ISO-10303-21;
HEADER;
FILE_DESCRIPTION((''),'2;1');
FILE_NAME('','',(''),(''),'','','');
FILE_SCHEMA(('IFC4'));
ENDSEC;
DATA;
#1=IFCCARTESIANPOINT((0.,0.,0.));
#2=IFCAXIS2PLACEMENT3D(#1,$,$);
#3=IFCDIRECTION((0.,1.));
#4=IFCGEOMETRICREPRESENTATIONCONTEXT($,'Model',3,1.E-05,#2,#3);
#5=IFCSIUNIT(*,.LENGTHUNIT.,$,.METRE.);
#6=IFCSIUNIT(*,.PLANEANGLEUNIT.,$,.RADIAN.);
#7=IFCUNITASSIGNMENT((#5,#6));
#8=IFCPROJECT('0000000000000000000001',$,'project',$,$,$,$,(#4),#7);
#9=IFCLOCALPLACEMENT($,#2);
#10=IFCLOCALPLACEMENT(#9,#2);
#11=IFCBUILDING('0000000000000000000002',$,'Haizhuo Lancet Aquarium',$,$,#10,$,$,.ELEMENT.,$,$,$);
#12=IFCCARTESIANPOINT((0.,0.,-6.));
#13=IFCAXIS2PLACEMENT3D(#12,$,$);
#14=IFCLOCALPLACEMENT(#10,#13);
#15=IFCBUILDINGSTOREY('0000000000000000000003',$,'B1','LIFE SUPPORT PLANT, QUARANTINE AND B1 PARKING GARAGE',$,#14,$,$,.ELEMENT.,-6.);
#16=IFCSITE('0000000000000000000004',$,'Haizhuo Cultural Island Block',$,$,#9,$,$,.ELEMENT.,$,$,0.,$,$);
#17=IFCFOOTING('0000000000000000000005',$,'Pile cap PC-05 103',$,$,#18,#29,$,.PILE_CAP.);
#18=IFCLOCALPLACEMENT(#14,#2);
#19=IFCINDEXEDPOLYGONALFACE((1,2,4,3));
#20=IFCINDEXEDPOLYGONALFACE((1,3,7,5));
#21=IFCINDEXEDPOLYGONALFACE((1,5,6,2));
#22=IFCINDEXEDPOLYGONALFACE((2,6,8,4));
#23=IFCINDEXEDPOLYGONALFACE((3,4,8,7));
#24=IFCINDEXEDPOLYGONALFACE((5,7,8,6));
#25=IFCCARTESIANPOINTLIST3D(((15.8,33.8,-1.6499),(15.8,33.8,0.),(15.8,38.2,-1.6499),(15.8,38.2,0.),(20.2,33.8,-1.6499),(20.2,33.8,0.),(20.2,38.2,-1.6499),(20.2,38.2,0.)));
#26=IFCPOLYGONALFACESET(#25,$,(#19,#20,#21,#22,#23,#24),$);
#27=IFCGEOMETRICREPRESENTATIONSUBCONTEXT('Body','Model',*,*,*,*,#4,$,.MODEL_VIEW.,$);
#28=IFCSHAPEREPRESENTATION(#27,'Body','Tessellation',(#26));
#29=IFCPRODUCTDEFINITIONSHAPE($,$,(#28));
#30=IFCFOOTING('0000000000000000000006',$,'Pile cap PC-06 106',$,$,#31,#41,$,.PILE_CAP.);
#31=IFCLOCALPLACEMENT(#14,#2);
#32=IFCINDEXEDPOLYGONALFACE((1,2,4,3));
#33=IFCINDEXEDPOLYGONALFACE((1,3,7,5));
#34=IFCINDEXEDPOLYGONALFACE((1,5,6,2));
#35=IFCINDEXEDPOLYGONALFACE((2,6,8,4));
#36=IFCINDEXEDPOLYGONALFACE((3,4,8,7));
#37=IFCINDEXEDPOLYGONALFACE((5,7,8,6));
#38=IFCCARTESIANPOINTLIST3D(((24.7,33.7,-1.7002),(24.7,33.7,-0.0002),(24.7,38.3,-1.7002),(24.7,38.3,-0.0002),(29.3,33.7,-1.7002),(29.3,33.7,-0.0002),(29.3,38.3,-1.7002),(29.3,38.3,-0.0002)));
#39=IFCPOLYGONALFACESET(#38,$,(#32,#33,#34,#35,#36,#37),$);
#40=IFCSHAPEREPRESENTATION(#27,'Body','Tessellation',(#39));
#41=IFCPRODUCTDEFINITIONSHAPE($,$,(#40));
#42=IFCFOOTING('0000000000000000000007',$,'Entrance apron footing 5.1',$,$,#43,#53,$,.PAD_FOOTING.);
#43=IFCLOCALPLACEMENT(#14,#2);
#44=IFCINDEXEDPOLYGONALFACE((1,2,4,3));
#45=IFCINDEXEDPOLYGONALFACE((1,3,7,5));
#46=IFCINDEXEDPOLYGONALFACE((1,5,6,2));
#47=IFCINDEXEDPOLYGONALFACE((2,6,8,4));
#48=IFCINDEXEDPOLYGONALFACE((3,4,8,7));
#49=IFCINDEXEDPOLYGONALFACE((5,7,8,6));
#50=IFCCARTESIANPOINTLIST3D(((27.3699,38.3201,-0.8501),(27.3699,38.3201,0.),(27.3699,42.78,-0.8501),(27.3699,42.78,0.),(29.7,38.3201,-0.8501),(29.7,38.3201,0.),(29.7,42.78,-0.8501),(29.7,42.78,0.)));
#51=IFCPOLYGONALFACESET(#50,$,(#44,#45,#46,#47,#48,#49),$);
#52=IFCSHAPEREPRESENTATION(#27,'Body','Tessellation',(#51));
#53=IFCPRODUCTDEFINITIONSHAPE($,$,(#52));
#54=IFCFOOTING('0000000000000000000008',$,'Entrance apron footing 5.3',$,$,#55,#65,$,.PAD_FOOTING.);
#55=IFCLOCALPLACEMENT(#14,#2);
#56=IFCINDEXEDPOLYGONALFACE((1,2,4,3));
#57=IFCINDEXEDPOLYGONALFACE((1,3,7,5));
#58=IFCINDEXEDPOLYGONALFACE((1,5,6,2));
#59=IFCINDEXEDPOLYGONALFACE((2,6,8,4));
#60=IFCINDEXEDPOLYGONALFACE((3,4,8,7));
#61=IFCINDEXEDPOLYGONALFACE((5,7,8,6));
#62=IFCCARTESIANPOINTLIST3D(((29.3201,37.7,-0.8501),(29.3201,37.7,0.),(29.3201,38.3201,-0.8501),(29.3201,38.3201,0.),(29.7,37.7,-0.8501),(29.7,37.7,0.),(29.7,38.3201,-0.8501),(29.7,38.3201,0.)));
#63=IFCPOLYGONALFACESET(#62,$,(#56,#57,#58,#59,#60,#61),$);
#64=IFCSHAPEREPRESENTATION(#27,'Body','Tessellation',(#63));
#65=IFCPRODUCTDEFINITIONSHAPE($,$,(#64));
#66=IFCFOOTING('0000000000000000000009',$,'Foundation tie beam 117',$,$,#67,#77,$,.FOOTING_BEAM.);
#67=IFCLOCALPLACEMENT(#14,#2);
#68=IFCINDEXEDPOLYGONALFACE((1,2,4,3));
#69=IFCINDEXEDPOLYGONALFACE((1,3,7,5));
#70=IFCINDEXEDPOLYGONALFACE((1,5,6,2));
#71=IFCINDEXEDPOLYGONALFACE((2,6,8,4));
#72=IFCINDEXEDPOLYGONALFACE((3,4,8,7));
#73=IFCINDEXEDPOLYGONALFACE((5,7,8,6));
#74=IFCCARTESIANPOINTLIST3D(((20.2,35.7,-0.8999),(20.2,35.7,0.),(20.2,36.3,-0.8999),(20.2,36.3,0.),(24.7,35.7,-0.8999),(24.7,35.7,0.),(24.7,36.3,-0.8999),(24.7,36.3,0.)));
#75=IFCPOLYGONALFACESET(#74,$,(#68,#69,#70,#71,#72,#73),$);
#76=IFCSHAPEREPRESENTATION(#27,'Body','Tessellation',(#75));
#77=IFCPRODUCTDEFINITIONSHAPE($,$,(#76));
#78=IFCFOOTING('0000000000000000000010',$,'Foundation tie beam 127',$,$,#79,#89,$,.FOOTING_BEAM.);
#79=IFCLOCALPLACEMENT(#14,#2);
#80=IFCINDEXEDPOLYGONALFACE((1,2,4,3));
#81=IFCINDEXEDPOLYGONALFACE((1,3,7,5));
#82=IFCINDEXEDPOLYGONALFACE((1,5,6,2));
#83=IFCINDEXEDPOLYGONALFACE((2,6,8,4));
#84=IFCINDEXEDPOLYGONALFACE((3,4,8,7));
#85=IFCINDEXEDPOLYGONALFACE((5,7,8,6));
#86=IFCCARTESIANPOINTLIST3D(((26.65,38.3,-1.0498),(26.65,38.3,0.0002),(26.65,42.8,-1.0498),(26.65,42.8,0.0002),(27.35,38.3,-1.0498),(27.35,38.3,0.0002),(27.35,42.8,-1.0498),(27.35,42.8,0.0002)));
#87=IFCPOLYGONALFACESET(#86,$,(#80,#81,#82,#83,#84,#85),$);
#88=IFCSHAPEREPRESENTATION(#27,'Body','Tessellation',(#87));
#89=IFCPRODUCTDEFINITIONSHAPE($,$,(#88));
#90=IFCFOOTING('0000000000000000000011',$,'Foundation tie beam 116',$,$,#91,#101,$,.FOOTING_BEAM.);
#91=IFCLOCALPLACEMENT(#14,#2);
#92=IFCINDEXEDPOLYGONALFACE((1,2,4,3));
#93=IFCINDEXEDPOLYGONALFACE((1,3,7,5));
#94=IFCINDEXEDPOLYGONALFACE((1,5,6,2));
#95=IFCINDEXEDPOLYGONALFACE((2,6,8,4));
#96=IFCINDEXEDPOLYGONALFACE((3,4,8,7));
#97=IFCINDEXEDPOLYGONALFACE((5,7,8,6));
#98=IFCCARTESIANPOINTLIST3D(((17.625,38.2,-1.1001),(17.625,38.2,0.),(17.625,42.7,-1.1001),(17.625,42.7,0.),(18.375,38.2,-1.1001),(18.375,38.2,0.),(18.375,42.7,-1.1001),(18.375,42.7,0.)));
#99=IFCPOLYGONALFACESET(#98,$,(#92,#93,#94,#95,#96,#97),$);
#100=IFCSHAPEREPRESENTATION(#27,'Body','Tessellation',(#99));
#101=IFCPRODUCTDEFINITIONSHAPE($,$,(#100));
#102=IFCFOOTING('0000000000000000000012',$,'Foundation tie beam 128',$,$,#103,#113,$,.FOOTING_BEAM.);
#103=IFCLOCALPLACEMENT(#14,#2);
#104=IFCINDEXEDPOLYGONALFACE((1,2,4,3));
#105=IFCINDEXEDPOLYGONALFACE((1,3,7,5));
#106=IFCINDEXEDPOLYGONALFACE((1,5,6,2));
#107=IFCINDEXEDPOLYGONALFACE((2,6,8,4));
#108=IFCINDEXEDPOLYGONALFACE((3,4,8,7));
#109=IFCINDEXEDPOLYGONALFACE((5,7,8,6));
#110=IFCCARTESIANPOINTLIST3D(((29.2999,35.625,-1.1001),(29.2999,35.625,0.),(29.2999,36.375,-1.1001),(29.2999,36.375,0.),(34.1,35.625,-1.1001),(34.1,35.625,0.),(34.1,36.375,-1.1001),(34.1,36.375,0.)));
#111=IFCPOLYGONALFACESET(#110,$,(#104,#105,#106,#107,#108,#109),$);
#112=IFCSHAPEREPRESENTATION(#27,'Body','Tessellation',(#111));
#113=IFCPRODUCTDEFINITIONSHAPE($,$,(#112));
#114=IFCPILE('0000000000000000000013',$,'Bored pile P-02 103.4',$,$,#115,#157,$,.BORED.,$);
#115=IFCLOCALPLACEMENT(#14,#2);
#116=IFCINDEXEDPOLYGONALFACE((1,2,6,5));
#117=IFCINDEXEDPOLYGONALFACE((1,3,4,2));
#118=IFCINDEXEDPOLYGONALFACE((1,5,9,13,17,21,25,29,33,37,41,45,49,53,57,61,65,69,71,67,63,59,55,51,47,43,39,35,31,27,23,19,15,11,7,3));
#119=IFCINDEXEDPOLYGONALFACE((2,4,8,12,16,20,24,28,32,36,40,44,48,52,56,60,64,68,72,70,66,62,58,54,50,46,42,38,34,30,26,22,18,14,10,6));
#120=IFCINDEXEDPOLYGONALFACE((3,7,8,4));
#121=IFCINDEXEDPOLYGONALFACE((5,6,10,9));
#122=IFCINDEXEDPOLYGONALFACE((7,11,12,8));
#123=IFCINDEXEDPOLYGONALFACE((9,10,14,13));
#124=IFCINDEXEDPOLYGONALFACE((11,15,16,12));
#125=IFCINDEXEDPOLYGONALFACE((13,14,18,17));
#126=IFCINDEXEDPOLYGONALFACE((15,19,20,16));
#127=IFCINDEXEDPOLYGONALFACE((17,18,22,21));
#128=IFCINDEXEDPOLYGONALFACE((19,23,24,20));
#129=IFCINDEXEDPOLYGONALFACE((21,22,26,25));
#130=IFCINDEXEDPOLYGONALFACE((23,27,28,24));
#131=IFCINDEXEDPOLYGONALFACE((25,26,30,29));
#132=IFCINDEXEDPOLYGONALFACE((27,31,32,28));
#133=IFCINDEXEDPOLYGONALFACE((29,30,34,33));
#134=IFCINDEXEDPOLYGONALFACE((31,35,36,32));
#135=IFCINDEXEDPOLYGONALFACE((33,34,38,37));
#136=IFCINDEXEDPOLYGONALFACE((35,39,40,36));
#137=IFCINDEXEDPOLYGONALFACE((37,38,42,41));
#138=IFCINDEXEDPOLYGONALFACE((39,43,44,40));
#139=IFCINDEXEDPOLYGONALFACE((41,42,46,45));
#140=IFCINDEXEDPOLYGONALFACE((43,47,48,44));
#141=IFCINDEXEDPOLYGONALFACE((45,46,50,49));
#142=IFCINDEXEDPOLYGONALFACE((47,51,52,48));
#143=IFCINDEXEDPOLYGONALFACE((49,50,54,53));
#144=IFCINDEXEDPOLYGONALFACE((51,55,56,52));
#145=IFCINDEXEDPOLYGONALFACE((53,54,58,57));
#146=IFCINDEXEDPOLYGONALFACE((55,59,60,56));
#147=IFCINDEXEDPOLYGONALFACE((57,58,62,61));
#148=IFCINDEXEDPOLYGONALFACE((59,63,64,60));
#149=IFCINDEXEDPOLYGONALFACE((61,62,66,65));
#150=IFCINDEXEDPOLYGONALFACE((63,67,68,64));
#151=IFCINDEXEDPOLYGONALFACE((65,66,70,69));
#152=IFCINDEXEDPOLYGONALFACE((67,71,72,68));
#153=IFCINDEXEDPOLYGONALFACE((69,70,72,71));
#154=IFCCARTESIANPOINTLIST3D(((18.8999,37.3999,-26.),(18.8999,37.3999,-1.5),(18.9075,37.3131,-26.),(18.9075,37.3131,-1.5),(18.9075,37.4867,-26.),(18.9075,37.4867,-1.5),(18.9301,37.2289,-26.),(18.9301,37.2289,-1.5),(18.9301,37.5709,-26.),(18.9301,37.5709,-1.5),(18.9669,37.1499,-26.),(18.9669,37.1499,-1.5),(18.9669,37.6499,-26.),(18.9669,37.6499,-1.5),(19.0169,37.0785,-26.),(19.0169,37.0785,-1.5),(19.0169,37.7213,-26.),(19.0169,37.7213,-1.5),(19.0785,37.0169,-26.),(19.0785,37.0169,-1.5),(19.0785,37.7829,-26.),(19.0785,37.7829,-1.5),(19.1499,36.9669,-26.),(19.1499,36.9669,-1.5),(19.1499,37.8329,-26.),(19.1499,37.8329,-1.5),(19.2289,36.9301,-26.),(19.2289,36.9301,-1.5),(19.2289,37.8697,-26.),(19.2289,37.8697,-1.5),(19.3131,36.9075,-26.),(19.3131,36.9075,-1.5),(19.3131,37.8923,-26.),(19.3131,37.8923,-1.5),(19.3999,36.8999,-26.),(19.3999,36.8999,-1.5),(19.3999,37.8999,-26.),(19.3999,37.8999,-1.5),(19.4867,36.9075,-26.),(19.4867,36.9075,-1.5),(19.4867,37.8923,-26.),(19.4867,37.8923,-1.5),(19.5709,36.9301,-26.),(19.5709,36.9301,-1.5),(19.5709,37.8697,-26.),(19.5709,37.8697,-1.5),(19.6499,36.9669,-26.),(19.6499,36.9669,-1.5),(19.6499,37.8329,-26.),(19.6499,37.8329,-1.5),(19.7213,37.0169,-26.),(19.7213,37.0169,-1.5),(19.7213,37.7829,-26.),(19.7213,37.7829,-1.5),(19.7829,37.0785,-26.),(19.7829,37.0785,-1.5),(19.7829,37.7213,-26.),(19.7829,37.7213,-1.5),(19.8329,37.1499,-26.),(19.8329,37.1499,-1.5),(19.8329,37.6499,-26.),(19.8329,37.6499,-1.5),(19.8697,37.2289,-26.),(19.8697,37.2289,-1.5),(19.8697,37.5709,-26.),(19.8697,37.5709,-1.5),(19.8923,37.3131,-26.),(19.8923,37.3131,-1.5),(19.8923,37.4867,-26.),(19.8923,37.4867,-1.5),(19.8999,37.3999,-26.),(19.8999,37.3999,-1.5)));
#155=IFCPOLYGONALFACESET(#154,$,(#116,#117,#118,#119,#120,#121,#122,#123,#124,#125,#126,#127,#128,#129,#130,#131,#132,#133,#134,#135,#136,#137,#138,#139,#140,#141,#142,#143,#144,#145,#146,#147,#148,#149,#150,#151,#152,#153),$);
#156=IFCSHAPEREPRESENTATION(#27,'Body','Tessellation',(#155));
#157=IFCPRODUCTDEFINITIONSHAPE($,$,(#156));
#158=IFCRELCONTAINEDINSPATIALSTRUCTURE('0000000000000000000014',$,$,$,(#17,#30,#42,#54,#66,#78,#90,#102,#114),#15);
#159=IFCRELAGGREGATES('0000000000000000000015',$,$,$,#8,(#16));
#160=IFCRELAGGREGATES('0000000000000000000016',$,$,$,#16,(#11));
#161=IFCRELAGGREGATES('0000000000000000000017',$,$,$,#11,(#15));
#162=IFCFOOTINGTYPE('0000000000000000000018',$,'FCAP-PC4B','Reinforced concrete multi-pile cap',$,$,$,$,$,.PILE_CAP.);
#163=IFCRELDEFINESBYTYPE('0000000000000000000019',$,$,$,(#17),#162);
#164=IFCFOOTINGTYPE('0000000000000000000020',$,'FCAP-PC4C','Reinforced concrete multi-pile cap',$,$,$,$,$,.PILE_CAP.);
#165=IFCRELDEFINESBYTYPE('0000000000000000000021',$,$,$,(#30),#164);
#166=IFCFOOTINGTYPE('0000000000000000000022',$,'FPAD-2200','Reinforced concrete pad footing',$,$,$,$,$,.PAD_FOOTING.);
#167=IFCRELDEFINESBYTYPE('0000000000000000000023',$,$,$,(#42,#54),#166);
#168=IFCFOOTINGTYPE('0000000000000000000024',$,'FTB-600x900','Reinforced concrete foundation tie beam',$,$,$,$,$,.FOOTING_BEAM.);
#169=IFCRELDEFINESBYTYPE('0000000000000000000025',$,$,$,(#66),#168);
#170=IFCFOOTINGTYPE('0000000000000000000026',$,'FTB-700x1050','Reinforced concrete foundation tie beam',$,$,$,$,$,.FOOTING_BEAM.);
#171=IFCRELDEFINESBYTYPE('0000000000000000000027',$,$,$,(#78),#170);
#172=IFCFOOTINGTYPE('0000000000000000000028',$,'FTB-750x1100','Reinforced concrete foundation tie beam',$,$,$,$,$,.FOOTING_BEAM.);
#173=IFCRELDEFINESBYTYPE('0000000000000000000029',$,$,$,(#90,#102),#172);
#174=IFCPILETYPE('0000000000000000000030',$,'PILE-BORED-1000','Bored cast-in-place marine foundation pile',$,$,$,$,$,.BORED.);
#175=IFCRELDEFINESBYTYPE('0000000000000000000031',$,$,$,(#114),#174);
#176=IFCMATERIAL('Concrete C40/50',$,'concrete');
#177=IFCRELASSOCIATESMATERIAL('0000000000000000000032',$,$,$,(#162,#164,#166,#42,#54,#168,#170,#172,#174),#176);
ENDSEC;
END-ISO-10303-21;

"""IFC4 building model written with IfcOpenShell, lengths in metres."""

from ifc_helpers import new_model, si_unit, direction, frame, origin, origin_2d, place, context, subcontext, project, spatial, rectangle, circle, extrude, material, material_profile, profile_set, type_object, element, save


model = new_model("IFC4")

# Units and contexts
model_context = context("Model", 3, precision=1e-05, world=origin(), true_north=direction((0.0, 1.0)))
body_context = subcontext(model_context, "Body", "Model", "MODEL_VIEW")
ifc_project = project(units=[si_unit("LENGTHUNIT", "METRE"), si_unit("PLANEANGLEUNIT", "RADIAN")], contexts=[model_context])

# Site, building, storey
site_placement = place(None, origin())
site = spatial("IfcSite", under=ifc_project, at=site_placement, Name="Haizhuo Cultural Island Block", CompositionType="ELEMENT", RefElevation=0.0)
building_placement = place(site_placement, origin())
building = spatial("IfcBuilding", under=site, at=building_placement, Name="Haizhuo Lancet Aquarium", CompositionType="ELEMENT")
storey_placement = place(building_placement, frame((0.0, 0.0, -6.0)))
storey = spatial("IfcBuildingStorey", under=building, at=storey_placement, Name="B1", Description="LIFE SUPPORT PLANT, QUARANTINE AND B1 PARKING GARAGE", CompositionType="ELEMENT", Elevation=-6.0)

# Footings
ifc_material_1 = material(Name="Concrete C40/50", Category="concrete")
footing_type_1 = type_object("IfcFootingType", Name="FCAP-PC4B", Description="Reinforced concrete multi-pile cap", PredefinedType="PILE_CAP", material=ifc_material_1)
footing_1_placement = place(storey_placement, frame((18.0, 36.0, -1.6499), z_axis=(0.0, 0.0, 1.0), x_axis=(1.0, 0.0, 0.0)))
element("IfcFooting", 1, at=footing_1_placement, inside=storey, type_object=footing_type_1, Name="Pile cap PC-05 103", PredefinedType="PILE_CAP", context=body_context, shape_type="SweptSolid", body=[
    extrude(rectangle(XDim=4.3999, YDim=4.3999, at=origin_2d()), origin(), (0.0, 0.0, 1.0), 1.6499),
])
footing_type_2 = type_object("IfcFootingType", Name="FCAP-PC4C", Description="Reinforced concrete multi-pile cap", PredefinedType="PILE_CAP", material=ifc_material_1)
footing_2_placement = place(storey_placement, frame((27.0, 36.0, -1.7002), z_axis=(0.0, 0.0, 1.0), x_axis=(1.0, 0.0, 0.0)))
element("IfcFooting", 2, at=footing_2_placement, inside=storey, type_object=footing_type_2, Name="Pile cap PC-06 106", PredefinedType="PILE_CAP", context=body_context, shape_type="SweptSolid", body=[
    extrude(rectangle(XDim=4.6001, YDim=4.6001, at=origin_2d()), origin(), (0.0, 0.0, 1.0), 1.7),
])
footing_type_3 = type_object("IfcFootingType", Name="FPAD-2200", Description="Reinforced concrete pad footing", PredefinedType="PAD_FOOTING", material=ifc_material_1)
footing_3_placement = place(storey_placement, frame((28.5349, 40.55, -0.8501), z_axis=(0.0, 0.0, 1.0), x_axis=(1.0, 0.0, 0.0)))
element("IfcFooting", 3, at=footing_3_placement, inside=storey, type_object=footing_type_3, material=ifc_material_1, Name="Entrance apron footing 5.1", PredefinedType="PAD_FOOTING", context=body_context, shape_type="SweptSolid", body=[
    extrude(rectangle(XDim=2.3301, YDim=4.46, at=origin_2d()), origin(), (0.0, 0.0, 1.0), 0.8501),
])
footing_4_placement = place(storey_placement, frame((29.51, 38.01, -0.8501), z_axis=(0.0, 0.0, 1.0), x_axis=(1.0, 0.0, 0.0)))
element("IfcFooting", 4, at=footing_4_placement, inside=storey, type_object=footing_type_3, material=ifc_material_1, Name="Entrance apron footing 5.3", PredefinedType="PAD_FOOTING", context=body_context, shape_type="SweptSolid", body=[
    extrude(rectangle(XDim=0.3799, YDim=0.6201, at=origin_2d()), origin(), (0.0, 0.0, 1.0), 0.8501),
])
footing_type_4 = type_object("IfcFootingType", Name="FTB-600x900", Description="Reinforced concrete foundation tie beam", PredefinedType="FOOTING_BEAM", material=ifc_material_1)
footing_5_placement = place(storey_placement, frame((22.45, 36.0, -0.8999), z_axis=(0.0, 0.0, 1.0), x_axis=(1.0, 0.0, 0.0)))
element("IfcFooting", 5, at=footing_5_placement, inside=storey, type_object=footing_type_4, Name="Foundation tie beam 117", PredefinedType="FOOTING_BEAM", context=body_context, shape_type="SweptSolid", body=[
    extrude(rectangle(XDim=4.5, YDim=0.6001, at=origin_2d()), origin(), (0.0, 0.0, 1.0), 0.8999),
])
footing_type_5 = type_object("IfcFootingType", Name="FTB-700x1050", Description="Reinforced concrete foundation tie beam", PredefinedType="FOOTING_BEAM", material=ifc_material_1)
footing_6_placement = place(storey_placement, frame((27.0, 40.55, -1.0498), z_axis=(0.0, 0.0, 1.0), x_axis=(0.0, 1.0, 0.0)))
element("IfcFooting", 6, at=footing_6_placement, inside=storey, type_object=footing_type_5, Name="Foundation tie beam 127", PredefinedType="FOOTING_BEAM", context=body_context, shape_type="SweptSolid", body=[
    extrude(rectangle(XDim=4.5, YDim=0.7, at=origin_2d()), origin(), (0.0, 0.0, 1.0), 1.05),
])
footing_type_6 = type_object("IfcFootingType", Name="FTB-750x1100", Description="Reinforced concrete foundation tie beam", PredefinedType="FOOTING_BEAM", material=ifc_material_1)
footing_7_placement = place(storey_placement, frame((18.0, 40.45, -1.1001), z_axis=(0.0, 0.0, 1.0), x_axis=(0.0, 1.0, 0.0)))
element("IfcFooting", 7, at=footing_7_placement, inside=storey, type_object=footing_type_6, Name="Foundation tie beam 116", PredefinedType="FOOTING_BEAM", context=body_context, shape_type="SweptSolid", body=[
    extrude(rectangle(XDim=4.5, YDim=0.75, at=origin_2d()), origin(), (0.0, 0.0, 1.0), 1.1001),
])
footing_8_placement = place(storey_placement, frame((31.7, 36.0, -1.1001), z_axis=(0.0, 0.0, 1.0), x_axis=(1.0, 0.0, 0.0)))
element("IfcFooting", 8, at=footing_8_placement, inside=storey, type_object=footing_type_6, Name="Foundation tie beam 128", PredefinedType="FOOTING_BEAM", context=body_context, shape_type="SweptSolid", body=[
    extrude(rectangle(XDim=4.8, YDim=0.75, at=origin_2d()), origin(), (0.0, 0.0, 1.0), 1.1001),
])

# Pile
ifc_material_profile_1 = material_profile(ifc_material_1, circle(Radius=0.5, at=origin_2d()), Name="PILE-1000")
ifc_profile_set_1 = profile_set([ifc_material_profile_1], Name="Concrete C40/50")
pile_type = type_object("IfcPileType", Name="PILE-BORED-1000", Description="Bored cast-in-place marine foundation pile", PredefinedType="BORED", material=ifc_profile_set_1)
pile_placement = place(storey_placement, frame((19.3999, 37.3999, -1.5), z_axis=(0.0, 0.0, -1.0), x_axis=(1.0, 0.0, 0.0)))
element("IfcPile", 9, at=pile_placement, inside=storey, type_object=pile_type, Name="Bored pile P-02 103.4", PredefinedType="BORED", context=body_context, shape_type="SweptSolid", body=[
    extrude(circle(Radius=0.5, at=origin_2d()), origin(), (0.0, 0.0, 1.0), 24.5),
])

save(model, "model.ifc")
